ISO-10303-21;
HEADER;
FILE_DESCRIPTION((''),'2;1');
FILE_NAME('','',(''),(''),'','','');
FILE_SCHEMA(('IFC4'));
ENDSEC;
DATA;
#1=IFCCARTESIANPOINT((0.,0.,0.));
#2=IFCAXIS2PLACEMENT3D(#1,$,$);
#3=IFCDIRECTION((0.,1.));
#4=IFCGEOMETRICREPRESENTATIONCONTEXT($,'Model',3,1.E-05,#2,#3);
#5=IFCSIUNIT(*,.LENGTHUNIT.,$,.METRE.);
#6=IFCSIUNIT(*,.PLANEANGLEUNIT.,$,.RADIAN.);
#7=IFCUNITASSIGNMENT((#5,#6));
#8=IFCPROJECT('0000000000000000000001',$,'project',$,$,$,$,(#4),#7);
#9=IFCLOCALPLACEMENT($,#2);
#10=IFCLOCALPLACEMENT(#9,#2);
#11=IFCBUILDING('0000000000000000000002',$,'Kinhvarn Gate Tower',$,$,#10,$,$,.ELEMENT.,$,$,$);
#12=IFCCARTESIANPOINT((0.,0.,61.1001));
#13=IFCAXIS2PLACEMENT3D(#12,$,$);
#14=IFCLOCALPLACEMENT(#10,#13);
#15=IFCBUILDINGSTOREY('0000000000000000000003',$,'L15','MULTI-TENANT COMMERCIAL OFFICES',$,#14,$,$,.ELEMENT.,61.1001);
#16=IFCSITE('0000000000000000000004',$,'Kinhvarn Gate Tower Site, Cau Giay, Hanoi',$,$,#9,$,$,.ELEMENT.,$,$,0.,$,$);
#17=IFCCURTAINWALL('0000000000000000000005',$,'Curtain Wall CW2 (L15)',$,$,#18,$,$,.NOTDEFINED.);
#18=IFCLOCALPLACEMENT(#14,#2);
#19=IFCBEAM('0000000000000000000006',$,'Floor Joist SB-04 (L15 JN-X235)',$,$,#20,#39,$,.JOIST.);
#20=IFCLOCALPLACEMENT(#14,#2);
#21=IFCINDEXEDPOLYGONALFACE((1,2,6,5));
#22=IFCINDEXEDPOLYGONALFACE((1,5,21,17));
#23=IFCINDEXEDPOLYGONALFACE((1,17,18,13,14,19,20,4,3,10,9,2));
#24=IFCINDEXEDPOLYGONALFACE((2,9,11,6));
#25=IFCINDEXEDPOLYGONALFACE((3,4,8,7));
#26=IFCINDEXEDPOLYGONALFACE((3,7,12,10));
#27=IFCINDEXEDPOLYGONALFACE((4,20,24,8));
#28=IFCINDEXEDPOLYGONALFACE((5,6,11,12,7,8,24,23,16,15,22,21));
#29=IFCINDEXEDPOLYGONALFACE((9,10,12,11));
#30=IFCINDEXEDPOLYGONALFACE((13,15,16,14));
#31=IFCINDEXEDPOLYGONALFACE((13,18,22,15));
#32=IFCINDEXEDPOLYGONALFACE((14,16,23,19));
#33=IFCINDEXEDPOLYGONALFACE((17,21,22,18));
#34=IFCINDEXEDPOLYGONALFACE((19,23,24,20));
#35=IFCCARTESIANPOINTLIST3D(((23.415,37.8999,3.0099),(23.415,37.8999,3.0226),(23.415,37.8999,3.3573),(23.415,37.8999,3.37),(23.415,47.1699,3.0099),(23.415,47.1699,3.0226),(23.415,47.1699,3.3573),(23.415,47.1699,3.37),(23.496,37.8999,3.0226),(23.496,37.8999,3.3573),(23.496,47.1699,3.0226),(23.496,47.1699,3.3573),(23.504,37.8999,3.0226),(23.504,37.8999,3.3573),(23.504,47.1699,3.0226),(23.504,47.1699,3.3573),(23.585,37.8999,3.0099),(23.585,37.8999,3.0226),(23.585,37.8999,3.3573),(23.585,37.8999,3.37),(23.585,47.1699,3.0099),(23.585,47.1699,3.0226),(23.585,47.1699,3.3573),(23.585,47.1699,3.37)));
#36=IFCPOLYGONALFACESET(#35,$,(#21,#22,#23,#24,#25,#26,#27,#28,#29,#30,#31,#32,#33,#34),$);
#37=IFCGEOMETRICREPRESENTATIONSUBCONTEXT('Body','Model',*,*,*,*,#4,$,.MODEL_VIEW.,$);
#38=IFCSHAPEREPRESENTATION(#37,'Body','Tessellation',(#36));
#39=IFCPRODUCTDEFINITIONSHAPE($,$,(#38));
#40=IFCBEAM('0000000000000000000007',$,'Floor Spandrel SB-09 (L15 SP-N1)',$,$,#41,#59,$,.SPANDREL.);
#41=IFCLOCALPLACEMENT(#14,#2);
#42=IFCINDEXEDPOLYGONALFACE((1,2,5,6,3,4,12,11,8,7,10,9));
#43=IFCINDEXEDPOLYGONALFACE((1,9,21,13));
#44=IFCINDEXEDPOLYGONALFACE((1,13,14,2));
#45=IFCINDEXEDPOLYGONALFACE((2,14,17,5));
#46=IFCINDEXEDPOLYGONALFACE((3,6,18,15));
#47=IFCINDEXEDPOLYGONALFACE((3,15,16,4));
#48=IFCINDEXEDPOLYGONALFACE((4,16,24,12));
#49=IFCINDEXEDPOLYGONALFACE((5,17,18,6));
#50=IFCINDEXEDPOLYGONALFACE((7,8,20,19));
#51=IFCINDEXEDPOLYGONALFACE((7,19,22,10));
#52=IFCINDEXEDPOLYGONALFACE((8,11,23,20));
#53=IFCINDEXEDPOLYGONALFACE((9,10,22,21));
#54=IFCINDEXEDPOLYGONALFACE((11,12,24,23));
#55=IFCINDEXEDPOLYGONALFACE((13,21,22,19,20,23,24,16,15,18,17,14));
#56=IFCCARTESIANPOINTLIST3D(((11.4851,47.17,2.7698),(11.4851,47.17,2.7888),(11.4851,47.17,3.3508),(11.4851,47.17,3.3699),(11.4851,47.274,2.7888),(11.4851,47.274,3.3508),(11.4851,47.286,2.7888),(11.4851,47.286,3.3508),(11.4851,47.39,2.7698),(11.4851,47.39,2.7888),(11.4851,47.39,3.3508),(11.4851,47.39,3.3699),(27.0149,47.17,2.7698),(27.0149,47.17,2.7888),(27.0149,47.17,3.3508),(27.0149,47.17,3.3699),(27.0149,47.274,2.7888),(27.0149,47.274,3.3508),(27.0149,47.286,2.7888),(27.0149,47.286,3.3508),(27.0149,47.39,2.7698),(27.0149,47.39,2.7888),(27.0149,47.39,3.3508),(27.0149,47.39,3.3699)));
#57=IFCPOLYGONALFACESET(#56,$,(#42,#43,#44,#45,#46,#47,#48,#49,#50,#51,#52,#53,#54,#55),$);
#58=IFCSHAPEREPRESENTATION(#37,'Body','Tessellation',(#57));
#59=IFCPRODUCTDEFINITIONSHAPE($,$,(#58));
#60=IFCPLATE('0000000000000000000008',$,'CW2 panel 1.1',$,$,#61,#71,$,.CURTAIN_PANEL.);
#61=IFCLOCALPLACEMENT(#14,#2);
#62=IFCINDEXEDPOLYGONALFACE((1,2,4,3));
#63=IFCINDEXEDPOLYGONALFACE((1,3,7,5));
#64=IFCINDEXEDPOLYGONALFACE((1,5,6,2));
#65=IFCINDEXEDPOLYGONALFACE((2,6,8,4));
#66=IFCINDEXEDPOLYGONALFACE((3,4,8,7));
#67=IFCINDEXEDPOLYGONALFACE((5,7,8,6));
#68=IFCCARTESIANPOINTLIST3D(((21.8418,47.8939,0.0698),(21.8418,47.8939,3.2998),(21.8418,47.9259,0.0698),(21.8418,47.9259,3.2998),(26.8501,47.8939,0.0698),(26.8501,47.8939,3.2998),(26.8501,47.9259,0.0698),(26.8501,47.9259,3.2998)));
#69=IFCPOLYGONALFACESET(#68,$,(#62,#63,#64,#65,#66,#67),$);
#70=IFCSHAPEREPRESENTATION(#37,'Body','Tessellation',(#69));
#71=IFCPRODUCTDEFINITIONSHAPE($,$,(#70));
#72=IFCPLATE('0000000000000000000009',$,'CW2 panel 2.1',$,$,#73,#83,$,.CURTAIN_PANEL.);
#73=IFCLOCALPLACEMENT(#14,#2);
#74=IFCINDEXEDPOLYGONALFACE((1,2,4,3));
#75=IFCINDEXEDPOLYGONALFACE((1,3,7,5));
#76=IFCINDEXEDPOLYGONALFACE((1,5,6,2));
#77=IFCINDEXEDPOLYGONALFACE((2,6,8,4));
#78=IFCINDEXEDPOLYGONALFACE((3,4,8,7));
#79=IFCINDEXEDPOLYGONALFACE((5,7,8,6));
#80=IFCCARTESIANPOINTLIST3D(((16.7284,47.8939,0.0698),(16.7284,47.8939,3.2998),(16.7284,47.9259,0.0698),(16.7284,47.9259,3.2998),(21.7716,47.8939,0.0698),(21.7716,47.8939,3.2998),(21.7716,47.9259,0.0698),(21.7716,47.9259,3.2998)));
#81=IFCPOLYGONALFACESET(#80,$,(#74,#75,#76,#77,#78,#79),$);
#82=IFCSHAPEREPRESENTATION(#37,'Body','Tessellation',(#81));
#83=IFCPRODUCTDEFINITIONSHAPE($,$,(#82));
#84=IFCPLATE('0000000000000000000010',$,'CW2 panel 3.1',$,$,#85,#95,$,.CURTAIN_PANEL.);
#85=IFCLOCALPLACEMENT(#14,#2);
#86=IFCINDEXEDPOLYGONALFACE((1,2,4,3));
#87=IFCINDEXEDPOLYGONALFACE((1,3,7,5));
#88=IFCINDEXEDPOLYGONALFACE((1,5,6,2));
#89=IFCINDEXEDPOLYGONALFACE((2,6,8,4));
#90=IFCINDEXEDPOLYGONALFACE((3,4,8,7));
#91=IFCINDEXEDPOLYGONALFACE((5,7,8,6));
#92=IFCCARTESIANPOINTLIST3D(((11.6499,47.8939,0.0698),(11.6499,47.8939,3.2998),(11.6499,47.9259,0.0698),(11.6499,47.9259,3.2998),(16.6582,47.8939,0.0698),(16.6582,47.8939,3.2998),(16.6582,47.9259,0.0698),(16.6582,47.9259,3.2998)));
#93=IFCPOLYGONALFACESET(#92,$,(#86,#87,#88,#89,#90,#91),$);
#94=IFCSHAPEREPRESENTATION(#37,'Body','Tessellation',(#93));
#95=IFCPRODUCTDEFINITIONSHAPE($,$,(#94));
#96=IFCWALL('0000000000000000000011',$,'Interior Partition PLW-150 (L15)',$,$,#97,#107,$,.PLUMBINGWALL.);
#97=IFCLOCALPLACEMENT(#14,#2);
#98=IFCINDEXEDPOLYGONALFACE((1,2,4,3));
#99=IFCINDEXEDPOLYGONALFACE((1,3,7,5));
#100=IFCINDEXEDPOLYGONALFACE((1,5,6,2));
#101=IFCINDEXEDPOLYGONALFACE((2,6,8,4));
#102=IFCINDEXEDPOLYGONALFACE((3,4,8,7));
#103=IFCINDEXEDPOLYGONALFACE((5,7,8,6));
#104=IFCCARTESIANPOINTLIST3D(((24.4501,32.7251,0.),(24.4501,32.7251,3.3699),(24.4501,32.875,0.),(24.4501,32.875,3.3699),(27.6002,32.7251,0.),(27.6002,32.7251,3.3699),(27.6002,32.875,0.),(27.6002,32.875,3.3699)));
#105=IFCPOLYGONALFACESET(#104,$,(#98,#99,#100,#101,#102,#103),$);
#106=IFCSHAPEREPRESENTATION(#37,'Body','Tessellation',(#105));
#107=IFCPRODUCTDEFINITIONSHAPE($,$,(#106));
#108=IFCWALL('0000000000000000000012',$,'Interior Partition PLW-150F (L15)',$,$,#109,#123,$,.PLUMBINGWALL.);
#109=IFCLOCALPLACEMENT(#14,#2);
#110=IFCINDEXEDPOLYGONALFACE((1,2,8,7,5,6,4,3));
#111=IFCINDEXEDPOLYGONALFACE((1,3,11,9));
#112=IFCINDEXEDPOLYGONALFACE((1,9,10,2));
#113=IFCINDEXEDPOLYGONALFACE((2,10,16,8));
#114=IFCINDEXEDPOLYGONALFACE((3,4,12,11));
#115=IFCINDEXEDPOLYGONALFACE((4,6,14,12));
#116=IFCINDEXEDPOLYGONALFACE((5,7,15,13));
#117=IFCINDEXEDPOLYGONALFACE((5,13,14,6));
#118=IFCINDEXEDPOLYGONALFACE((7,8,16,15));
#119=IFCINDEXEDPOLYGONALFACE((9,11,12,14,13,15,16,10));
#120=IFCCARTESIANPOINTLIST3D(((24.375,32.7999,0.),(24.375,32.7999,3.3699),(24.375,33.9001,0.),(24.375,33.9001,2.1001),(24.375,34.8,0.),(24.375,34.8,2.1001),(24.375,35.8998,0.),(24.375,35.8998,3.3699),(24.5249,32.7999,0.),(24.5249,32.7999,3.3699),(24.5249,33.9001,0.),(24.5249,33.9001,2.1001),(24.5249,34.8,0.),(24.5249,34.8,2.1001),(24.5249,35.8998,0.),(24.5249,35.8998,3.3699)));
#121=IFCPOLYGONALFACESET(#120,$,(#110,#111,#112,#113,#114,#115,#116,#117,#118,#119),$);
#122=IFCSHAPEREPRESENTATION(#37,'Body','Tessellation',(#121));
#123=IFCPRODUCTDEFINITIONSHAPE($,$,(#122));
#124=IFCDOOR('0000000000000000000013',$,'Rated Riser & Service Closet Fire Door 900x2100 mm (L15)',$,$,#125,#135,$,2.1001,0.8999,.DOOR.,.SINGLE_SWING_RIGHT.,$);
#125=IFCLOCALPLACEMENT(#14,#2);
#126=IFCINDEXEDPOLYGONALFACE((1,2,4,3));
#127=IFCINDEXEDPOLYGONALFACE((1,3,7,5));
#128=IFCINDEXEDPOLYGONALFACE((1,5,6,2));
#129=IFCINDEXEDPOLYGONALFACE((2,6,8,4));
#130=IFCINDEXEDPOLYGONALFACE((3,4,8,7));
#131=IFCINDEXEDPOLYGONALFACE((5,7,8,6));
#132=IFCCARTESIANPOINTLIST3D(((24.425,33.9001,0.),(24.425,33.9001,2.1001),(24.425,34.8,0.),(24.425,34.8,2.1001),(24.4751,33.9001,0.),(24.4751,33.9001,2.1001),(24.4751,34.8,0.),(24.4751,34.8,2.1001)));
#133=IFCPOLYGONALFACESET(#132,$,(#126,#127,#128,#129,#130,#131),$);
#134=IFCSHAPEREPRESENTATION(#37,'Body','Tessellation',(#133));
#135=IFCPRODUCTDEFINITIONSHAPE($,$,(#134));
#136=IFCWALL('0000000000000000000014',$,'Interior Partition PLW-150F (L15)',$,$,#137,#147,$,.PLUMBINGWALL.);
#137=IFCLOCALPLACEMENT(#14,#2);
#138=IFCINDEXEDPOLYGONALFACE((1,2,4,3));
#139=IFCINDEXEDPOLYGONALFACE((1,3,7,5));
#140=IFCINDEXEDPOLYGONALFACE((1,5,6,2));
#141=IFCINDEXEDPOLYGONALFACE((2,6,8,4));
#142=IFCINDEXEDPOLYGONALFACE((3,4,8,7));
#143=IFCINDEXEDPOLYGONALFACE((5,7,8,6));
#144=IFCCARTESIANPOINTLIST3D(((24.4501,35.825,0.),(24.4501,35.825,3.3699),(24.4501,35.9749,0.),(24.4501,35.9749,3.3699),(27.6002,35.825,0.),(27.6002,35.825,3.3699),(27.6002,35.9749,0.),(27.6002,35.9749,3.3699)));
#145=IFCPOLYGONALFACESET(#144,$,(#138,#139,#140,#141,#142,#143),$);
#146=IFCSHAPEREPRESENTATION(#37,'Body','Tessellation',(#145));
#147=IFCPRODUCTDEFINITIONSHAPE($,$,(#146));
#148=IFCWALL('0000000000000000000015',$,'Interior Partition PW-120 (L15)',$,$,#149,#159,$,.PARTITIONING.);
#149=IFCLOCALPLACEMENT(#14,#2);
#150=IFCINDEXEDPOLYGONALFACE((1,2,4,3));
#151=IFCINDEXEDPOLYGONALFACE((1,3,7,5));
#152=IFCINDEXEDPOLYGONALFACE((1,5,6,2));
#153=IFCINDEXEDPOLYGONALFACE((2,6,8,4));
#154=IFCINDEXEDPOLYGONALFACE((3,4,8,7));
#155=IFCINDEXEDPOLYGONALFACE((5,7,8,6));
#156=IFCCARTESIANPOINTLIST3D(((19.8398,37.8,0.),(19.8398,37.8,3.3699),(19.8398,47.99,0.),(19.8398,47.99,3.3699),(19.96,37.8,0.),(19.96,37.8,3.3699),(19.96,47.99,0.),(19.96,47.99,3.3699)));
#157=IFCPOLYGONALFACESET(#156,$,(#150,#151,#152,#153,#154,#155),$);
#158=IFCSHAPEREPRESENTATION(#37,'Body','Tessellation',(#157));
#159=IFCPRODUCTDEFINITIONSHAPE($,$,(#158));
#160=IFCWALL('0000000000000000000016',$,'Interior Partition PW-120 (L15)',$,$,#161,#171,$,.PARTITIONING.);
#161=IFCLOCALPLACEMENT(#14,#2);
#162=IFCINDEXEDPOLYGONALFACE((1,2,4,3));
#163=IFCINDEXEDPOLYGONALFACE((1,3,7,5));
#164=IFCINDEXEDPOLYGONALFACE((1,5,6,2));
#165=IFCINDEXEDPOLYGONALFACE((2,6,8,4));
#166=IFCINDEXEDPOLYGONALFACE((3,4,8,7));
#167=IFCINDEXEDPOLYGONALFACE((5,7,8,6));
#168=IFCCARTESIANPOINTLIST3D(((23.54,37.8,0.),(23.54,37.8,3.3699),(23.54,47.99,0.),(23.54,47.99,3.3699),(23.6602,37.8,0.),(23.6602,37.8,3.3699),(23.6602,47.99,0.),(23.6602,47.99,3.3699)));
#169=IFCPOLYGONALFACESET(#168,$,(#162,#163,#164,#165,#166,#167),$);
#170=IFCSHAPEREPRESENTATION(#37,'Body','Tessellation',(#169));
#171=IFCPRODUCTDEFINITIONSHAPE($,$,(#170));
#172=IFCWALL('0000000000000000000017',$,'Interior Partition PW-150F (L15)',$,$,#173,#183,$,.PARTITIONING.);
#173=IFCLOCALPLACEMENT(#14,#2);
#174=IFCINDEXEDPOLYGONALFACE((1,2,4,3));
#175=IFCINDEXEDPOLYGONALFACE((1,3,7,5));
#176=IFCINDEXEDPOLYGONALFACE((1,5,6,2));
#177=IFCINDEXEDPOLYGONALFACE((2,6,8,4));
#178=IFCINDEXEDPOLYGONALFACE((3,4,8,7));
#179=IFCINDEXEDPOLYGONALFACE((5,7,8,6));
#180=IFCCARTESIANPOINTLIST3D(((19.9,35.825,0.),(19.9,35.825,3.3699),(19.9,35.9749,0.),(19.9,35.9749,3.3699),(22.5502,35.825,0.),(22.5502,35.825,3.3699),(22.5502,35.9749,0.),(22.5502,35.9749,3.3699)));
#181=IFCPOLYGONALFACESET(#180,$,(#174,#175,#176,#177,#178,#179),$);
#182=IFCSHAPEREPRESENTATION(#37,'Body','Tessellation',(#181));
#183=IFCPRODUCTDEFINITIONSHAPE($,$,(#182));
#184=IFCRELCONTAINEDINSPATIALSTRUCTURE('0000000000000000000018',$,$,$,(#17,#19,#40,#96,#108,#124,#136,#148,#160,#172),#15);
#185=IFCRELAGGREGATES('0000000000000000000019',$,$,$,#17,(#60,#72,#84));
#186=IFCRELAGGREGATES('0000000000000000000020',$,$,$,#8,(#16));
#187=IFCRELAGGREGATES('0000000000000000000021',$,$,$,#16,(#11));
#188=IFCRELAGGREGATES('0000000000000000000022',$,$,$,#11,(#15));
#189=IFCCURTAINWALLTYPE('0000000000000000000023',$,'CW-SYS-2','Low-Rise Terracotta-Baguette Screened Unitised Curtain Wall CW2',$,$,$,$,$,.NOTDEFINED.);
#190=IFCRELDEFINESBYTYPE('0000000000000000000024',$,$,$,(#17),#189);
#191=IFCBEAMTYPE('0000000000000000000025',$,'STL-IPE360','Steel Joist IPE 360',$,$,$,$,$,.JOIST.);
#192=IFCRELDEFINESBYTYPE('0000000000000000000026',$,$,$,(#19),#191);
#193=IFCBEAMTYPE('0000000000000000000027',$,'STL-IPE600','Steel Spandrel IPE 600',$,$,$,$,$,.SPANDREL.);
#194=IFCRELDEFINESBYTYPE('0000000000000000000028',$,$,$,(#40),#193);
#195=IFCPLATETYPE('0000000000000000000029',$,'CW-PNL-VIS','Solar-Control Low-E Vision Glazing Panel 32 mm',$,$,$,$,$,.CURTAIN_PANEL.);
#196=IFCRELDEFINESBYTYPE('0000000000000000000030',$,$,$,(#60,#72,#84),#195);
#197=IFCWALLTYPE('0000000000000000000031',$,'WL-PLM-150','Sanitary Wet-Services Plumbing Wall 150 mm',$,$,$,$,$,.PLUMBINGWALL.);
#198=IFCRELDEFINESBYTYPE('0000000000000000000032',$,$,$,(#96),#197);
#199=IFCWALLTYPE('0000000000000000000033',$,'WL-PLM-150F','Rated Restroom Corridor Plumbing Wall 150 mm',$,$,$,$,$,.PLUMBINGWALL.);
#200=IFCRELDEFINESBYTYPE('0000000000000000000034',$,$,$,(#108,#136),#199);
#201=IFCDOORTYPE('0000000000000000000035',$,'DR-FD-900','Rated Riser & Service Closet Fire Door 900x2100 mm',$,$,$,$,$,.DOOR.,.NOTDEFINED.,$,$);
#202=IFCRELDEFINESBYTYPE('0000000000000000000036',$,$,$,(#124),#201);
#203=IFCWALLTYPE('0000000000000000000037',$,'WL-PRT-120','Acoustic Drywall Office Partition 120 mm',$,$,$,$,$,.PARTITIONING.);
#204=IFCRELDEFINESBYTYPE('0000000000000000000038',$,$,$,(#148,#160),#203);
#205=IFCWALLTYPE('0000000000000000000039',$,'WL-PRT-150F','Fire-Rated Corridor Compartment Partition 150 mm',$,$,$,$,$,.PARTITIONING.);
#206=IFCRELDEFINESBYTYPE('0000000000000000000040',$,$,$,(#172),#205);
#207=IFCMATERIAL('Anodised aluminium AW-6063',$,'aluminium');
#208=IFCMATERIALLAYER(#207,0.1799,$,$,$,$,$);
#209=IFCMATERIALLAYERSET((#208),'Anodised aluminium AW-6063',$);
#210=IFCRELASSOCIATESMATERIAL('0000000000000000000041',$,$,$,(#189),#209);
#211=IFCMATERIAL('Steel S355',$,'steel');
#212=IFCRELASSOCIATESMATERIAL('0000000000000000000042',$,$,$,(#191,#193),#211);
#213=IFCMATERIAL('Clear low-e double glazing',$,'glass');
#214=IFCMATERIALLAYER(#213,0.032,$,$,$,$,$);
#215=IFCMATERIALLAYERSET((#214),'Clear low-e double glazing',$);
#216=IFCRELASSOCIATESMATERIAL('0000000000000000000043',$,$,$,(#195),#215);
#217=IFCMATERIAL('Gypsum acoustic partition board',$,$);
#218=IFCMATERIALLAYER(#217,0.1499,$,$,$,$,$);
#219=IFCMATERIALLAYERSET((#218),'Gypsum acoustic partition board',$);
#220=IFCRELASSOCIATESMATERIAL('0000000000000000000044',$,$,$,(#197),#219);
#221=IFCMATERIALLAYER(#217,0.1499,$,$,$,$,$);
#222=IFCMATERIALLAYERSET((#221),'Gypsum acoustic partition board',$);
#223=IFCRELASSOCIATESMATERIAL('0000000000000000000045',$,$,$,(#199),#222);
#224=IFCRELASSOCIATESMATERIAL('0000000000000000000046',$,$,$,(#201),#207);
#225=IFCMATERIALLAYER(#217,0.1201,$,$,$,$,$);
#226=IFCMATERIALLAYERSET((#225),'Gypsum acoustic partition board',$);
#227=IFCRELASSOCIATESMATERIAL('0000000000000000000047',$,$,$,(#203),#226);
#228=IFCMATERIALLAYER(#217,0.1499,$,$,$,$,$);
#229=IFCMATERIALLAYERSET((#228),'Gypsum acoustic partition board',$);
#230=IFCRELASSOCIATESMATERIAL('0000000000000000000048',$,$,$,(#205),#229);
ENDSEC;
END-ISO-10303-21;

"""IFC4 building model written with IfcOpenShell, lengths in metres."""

from ifc_helpers import new_model, si_unit, direction, frame, frame_2d, origin, origin_2d, place, context, subcontext, project, spatial, rectangle, i_section, extrude, material, layer, layer_set, material_profile, profile_set, type_object, element, fill, aggregate, save


model = new_model("IFC4")

# Units and contexts
model_context = context("Model", 3, precision=1e-05, world=origin(), true_north=direction((0.0, 1.0)))
body_context = subcontext(model_context, "Body", "Model", "MODEL_VIEW")
ifc_project = project(units=[si_unit("LENGTHUNIT", "METRE"), si_unit("PLANEANGLEUNIT", "RADIAN")], contexts=[model_context])

# Site, building, storey
site_placement = place(None, origin())
site = spatial("IfcSite", under=ifc_project, at=site_placement, Name="Kinhvarn Gate Tower Site, Cau Giay, Hanoi", CompositionType="ELEMENT", RefElevation=0.0)
building_placement = place(site_placement, origin())
building = spatial("IfcBuilding", under=site, at=building_placement, Name="Kinhvarn Gate Tower", CompositionType="ELEMENT")
storey_placement = place(building_placement, frame((0.0, 0.0, 61.1001)))
storey = spatial("IfcBuildingStorey", under=building, at=storey_placement, Name="L15", Description="MULTI-TENANT COMMERCIAL OFFICES", CompositionType="ELEMENT", Elevation=61.1001)

# Curtain wall
ifc_material_1 = material(Name="Anodised aluminium AW-6063", Category="aluminium")
ifc_layer_1 = layer(ifc_material_1, 0.1799)
ifc_layer_set_1 = layer_set([ifc_layer_1], Name="Anodised aluminium AW-6063")
curtain_wall_type = type_object("IfcCurtainWallType", Name="CW-SYS-2", Description="Low-Rise Terracotta-Baguette Screened Unitised Curtain Wall CW2", PredefinedType="NOTDEFINED", material=ifc_layer_set_1)
curtain_wall_placement = place(storey_placement, origin())
curtain_wall = element("IfcCurtainWall", 1, at=curtain_wall_placement, inside=storey, type_object=curtain_wall_type, Name="Curtain Wall CW2 (L15)", PredefinedType="NOTDEFINED")

# Beams
ifc_material_2 = material(Name="Steel S355", Category="steel")
ifc_material_profile_1 = material_profile(ifc_material_2, i_section(OverallWidth=0.1699, OverallDepth=0.3601, WebThickness=0.0081, FlangeThickness=0.0127, at=origin_2d()), Name="IPE 360")
ifc_profile_set_1 = profile_set([ifc_material_profile_1], Name="Steel S355")
beam_type_1 = type_object("IfcBeamType", Name="STL-IPE360", Description="Steel Joist IPE 360", PredefinedType="JOIST", material=ifc_profile_set_1)
for number, where, z_axis, x_axis, name in (
    (2, (23.5, 37.8999, 3.1899), (0.0, 1.0, 0.0), (-1.0, 0.0, 0.0), "Floor Joist SB-04 (L15 JN-X235)"),
):
    element("IfcBeam", number, at=place(storey_placement, frame(where, z_axis=z_axis, x_axis=x_axis)), inside=storey, type_object=beam_type_1, Name=name, PredefinedType="JOIST", context=body_context, shape_type="SweptSolid", body=[
        extrude(i_section(OverallWidth=0.1699, OverallDepth=0.3601, WebThickness=0.0081, FlangeThickness=0.0127, at=origin_2d()), origin(), (0.0, 0.0, 1.0), 9.27),
    ])
ifc_material_profile_2 = material_profile(ifc_material_2, i_section(OverallWidth=0.22, OverallDepth=0.6001, WebThickness=0.012, FlangeThickness=0.019, at=origin_2d()), Name="IPE 600")
ifc_profile_set_2 = profile_set([ifc_material_profile_2], Name="Steel S355")
beam_type_2 = type_object("IfcBeamType", Name="STL-IPE600", Description="Steel Spandrel IPE 600", PredefinedType="SPANDREL", material=ifc_profile_set_2)
beam_1_placement = place(storey_placement, frame((11.4851, 47.28, 3.0698), z_axis=(1.0, 0.0, 0.0), x_axis=(0.0, 1.0, 0.0)))
element("IfcBeam", 3, at=beam_1_placement, inside=storey, type_object=beam_type_2, Name="Floor Spandrel SB-09 (L15 SP-N1)", PredefinedType="SPANDREL", context=body_context, shape_type="SweptSolid", body=[
    extrude(i_section(OverallWidth=0.22, OverallDepth=0.6001, WebThickness=0.012, FlangeThickness=0.019, at=origin_2d()), origin(), (0.0, 0.0, 1.0), 15.5298),
])

# Plates
ifc_material_3 = material(Name="Clear low-e double glazing", Category="glass")
ifc_layer_2 = layer(ifc_material_3, 0.032)
ifc_layer_set_2 = layer_set([ifc_layer_2], Name="Clear low-e double glazing")
plate_type = type_object("IfcPlateType", Name="CW-PNL-VIS", Description="Solar-Control Low-E Vision Glazing Panel 32 mm", PredefinedType="CURTAIN_PANEL", material=ifc_layer_set_2)
plate_1_placement = place(storey_placement, frame((24.3459, 47.9099, 0.0698), z_axis=(0.0, 0.0, 1.0), x_axis=(-1.0, 0.0, 0.0)))
plate_1 = element("IfcPlate", 4, at=plate_1_placement, type_object=plate_type, Name="CW2 panel 1.1", PredefinedType="CURTAIN_PANEL", context=body_context, shape_type="SweptSolid", body=[
    extrude(rectangle(XDim=5.0083, YDim=0.032, at=origin_2d()), origin(), (0.0, 0.0, 1.0), 3.23),
])
plate_2_placement = place(storey_placement, frame((19.25, 47.9099, 0.0698), z_axis=(0.0, 0.0, 1.0), x_axis=(-1.0, 0.0, 0.0)))
plate_2 = element("IfcPlate", 5, at=plate_2_placement, type_object=plate_type, Name="CW2 panel 2.1", PredefinedType="CURTAIN_PANEL", context=body_context, shape_type="SweptSolid", body=[
    extrude(rectangle(XDim=5.0432, YDim=0.032, at=origin_2d()), origin(), (0.0, 0.0, 1.0), 3.23),
])
plate_3_placement = place(storey_placement, frame((14.1541, 47.9099, 0.0698), z_axis=(0.0, 0.0, 1.0), x_axis=(-1.0, 0.0, 0.0)))
plate_3 = element("IfcPlate", 6, at=plate_3_placement, type_object=plate_type, Name="CW2 panel 3.1", PredefinedType="CURTAIN_PANEL", context=body_context, shape_type="SweptSolid", body=[
    extrude(rectangle(XDim=5.0083, YDim=0.032, at=origin_2d()), origin(), (0.0, 0.0, 1.0), 3.23),
])
aggregate(curtain_wall, [plate_1, plate_2, plate_3])

# Wall
ifc_material_4 = material(Name="Gypsum acoustic partition board")
ifc_layer_3 = layer(ifc_material_4, 0.1499)
ifc_layer_set_3 = layer_set([ifc_layer_3], Name="Gypsum acoustic partition board")
wall_type_1 = type_object("IfcWallType", Name="WL-PLM-150", Description="Sanitary Wet-Services Plumbing Wall 150 mm", PredefinedType="PLUMBINGWALL", material=ifc_layer_set_3)
wall_1_placement = place(storey_placement, frame((24.45, 32.8, 0.0), z_axis=(0.0, 0.0, 1.0), x_axis=(1.0, 0.0, 0.0)))
element("IfcWall", 7, at=wall_1_placement, inside=storey, type_object=wall_type_1, Name="Interior Partition PLW-150 (L15)", PredefinedType="PLUMBINGWALL", context=body_context, shape_type="SweptSolid", body=[
    extrude(rectangle(XDim=3.1501, YDim=0.1499, at=frame_2d((1.5752, 0.0))), origin(), (0.0, 0.0, 1.0), 3.3699),
])

# Wall, opening, door
ifc_layer_4 = layer(ifc_material_4, 0.1499)
ifc_layer_set_4 = layer_set([ifc_layer_4], Name="Gypsum acoustic partition board")
wall_type_2 = type_object("IfcWallType", Name="WL-PLM-150F", Description="Rated Restroom Corridor Plumbing Wall 150 mm", PredefinedType="PLUMBINGWALL", material=ifc_layer_set_4)
wall_2_placement = place(storey_placement, frame((24.45, 32.8, 0.0), z_axis=(0.0, 0.0, 1.0), x_axis=(0.0, 1.0, 0.0)))
wall_2 = element("IfcWall", 8, at=wall_2_placement, inside=storey, type_object=wall_type_2, Name="Interior Partition PLW-150F (L15)", PredefinedType="PLUMBINGWALL", context=body_context, shape_type="SweptSolid", body=[
    extrude(rectangle(XDim=3.0999, YDim=0.1499, at=frame_2d((1.5498, 0.0))), origin(), (0.0, 0.0, 1.0), 3.3699),
])
opening_1_placement = place(wall_2_placement, frame((1.1001, 0.0, 0.0)))
opening_1 = element("IfcOpeningElement", 9, at=opening_1_placement, cuts=wall_2, PredefinedType="OPENING", context=body_context, shape_type="SweptSolid", body=[
    extrude(rectangle(XDim=0.8999, YDim=2.1001, at=frame_2d((0.45, 1.05))), frame((0.0, 0.085, 0.0), z_axis=(0.0, -1.0, 0.0), x_axis=(1.0, 0.0, 0.0)), (0.0, 0.0, 1.0), 0.1699),
])
door_type_1 = type_object("IfcDoorType", Name="DR-FD-900", Description="Rated Riser & Service Closet Fire Door 900x2100 mm", OperationType="NOTDEFINED", PredefinedType="DOOR", material=ifc_material_1)
door_1_placement = place(opening_1_placement, origin())
door_1 = element("IfcDoor", 10, at=door_1_placement, inside=storey, type_object=door_type_1, Name="Rated Riser & Service Closet Fire Door 900x2100 mm (L15)", OperationType="SINGLE_SWING_RIGHT", OverallHeight=2.1001, OverallWidth=0.8999, PredefinedType="DOOR", context=body_context, shape_type="SweptSolid", body=[
    extrude(rectangle(XDim=0.8999, YDim=2.1001, at=frame_2d((0.45, 1.05))), frame((0.0, 0.0249, 0.0), z_axis=(0.0, -1.0, 0.0), x_axis=(1.0, 0.0, 0.0)), (0.0, 0.0, 1.0), 0.05),
])
fill(opening_1, door_1)

# Walls
wall_3_placement = place(storey_placement, frame((24.45, 35.8999, 0.0), z_axis=(0.0, 0.0, 1.0), x_axis=(1.0, 0.0, 0.0)))
element("IfcWall", 11, at=wall_3_placement, inside=storey, type_object=wall_type_2, Name="Interior Partition PLW-150F (L15)", PredefinedType="PLUMBINGWALL", context=body_context, shape_type="SweptSolid", body=[
    extrude(rectangle(XDim=3.1501, YDim=0.1499, at=frame_2d((1.5752, 0.0))), origin(), (0.0, 0.0, 1.0), 3.3699),
])
ifc_layer_5 = layer(ifc_material_4, 0.1201)
ifc_layer_set_5 = layer_set([ifc_layer_5], Name="Gypsum acoustic partition board")
wall_type_3 = type_object("IfcWallType", Name="WL-PRT-120", Description="Acoustic Drywall Office Partition 120 mm", PredefinedType="PARTITIONING", material=ifc_layer_set_5)
for number, where, z_axis, x_axis, name in (
    (12, (19.8999, 37.8, 0.0), (0.0, 0.0, 1.0), (0.0, 1.0, 0.0), "Interior Partition PW-120 (L15)"),
    (13, (23.6001, 37.8, 0.0), (0.0, 0.0, 1.0), (0.0, 1.0, 0.0), "Interior Partition PW-120 (L15)"),
):
    element("IfcWall", number, at=place(storey_placement, frame(where, z_axis=z_axis, x_axis=x_axis)), inside=storey, type_object=wall_type_3, Name=name, PredefinedType="PARTITIONING", context=body_context, shape_type="SweptSolid", body=[
        extrude(rectangle(XDim=10.1899, YDim=0.1201, at=frame_2d((5.095, 0.0))), origin(), (0.0, 0.0, 1.0), 3.3699),
    ])
ifc_layer_6 = layer(ifc_material_4, 0.1499)
ifc_layer_set_6 = layer_set([ifc_layer_6], Name="Gypsum acoustic partition board")
wall_type_4 = type_object("IfcWallType", Name="WL-PRT-150F", Description="Fire-Rated Corridor Compartment Partition 150 mm", PredefinedType="PARTITIONING", material=ifc_layer_set_6)
wall_4_placement = place(storey_placement, frame((19.8999, 35.8999, 0.0), z_axis=(0.0, 0.0, 1.0), x_axis=(1.0, 0.0, 0.0)))
element("IfcWall", 14, at=wall_4_placement, inside=storey, type_object=wall_type_4, Name="Interior Partition PW-150F (L15)", PredefinedType="PARTITIONING", context=body_context, shape_type="SweptSolid", body=[
    extrude(rectangle(XDim=2.6501, YDim=0.1499, at=frame_2d((1.3252, 0.0))), origin(), (0.0, 0.0, 1.0), 3.3699),
])

save(model, "model.ifc")
